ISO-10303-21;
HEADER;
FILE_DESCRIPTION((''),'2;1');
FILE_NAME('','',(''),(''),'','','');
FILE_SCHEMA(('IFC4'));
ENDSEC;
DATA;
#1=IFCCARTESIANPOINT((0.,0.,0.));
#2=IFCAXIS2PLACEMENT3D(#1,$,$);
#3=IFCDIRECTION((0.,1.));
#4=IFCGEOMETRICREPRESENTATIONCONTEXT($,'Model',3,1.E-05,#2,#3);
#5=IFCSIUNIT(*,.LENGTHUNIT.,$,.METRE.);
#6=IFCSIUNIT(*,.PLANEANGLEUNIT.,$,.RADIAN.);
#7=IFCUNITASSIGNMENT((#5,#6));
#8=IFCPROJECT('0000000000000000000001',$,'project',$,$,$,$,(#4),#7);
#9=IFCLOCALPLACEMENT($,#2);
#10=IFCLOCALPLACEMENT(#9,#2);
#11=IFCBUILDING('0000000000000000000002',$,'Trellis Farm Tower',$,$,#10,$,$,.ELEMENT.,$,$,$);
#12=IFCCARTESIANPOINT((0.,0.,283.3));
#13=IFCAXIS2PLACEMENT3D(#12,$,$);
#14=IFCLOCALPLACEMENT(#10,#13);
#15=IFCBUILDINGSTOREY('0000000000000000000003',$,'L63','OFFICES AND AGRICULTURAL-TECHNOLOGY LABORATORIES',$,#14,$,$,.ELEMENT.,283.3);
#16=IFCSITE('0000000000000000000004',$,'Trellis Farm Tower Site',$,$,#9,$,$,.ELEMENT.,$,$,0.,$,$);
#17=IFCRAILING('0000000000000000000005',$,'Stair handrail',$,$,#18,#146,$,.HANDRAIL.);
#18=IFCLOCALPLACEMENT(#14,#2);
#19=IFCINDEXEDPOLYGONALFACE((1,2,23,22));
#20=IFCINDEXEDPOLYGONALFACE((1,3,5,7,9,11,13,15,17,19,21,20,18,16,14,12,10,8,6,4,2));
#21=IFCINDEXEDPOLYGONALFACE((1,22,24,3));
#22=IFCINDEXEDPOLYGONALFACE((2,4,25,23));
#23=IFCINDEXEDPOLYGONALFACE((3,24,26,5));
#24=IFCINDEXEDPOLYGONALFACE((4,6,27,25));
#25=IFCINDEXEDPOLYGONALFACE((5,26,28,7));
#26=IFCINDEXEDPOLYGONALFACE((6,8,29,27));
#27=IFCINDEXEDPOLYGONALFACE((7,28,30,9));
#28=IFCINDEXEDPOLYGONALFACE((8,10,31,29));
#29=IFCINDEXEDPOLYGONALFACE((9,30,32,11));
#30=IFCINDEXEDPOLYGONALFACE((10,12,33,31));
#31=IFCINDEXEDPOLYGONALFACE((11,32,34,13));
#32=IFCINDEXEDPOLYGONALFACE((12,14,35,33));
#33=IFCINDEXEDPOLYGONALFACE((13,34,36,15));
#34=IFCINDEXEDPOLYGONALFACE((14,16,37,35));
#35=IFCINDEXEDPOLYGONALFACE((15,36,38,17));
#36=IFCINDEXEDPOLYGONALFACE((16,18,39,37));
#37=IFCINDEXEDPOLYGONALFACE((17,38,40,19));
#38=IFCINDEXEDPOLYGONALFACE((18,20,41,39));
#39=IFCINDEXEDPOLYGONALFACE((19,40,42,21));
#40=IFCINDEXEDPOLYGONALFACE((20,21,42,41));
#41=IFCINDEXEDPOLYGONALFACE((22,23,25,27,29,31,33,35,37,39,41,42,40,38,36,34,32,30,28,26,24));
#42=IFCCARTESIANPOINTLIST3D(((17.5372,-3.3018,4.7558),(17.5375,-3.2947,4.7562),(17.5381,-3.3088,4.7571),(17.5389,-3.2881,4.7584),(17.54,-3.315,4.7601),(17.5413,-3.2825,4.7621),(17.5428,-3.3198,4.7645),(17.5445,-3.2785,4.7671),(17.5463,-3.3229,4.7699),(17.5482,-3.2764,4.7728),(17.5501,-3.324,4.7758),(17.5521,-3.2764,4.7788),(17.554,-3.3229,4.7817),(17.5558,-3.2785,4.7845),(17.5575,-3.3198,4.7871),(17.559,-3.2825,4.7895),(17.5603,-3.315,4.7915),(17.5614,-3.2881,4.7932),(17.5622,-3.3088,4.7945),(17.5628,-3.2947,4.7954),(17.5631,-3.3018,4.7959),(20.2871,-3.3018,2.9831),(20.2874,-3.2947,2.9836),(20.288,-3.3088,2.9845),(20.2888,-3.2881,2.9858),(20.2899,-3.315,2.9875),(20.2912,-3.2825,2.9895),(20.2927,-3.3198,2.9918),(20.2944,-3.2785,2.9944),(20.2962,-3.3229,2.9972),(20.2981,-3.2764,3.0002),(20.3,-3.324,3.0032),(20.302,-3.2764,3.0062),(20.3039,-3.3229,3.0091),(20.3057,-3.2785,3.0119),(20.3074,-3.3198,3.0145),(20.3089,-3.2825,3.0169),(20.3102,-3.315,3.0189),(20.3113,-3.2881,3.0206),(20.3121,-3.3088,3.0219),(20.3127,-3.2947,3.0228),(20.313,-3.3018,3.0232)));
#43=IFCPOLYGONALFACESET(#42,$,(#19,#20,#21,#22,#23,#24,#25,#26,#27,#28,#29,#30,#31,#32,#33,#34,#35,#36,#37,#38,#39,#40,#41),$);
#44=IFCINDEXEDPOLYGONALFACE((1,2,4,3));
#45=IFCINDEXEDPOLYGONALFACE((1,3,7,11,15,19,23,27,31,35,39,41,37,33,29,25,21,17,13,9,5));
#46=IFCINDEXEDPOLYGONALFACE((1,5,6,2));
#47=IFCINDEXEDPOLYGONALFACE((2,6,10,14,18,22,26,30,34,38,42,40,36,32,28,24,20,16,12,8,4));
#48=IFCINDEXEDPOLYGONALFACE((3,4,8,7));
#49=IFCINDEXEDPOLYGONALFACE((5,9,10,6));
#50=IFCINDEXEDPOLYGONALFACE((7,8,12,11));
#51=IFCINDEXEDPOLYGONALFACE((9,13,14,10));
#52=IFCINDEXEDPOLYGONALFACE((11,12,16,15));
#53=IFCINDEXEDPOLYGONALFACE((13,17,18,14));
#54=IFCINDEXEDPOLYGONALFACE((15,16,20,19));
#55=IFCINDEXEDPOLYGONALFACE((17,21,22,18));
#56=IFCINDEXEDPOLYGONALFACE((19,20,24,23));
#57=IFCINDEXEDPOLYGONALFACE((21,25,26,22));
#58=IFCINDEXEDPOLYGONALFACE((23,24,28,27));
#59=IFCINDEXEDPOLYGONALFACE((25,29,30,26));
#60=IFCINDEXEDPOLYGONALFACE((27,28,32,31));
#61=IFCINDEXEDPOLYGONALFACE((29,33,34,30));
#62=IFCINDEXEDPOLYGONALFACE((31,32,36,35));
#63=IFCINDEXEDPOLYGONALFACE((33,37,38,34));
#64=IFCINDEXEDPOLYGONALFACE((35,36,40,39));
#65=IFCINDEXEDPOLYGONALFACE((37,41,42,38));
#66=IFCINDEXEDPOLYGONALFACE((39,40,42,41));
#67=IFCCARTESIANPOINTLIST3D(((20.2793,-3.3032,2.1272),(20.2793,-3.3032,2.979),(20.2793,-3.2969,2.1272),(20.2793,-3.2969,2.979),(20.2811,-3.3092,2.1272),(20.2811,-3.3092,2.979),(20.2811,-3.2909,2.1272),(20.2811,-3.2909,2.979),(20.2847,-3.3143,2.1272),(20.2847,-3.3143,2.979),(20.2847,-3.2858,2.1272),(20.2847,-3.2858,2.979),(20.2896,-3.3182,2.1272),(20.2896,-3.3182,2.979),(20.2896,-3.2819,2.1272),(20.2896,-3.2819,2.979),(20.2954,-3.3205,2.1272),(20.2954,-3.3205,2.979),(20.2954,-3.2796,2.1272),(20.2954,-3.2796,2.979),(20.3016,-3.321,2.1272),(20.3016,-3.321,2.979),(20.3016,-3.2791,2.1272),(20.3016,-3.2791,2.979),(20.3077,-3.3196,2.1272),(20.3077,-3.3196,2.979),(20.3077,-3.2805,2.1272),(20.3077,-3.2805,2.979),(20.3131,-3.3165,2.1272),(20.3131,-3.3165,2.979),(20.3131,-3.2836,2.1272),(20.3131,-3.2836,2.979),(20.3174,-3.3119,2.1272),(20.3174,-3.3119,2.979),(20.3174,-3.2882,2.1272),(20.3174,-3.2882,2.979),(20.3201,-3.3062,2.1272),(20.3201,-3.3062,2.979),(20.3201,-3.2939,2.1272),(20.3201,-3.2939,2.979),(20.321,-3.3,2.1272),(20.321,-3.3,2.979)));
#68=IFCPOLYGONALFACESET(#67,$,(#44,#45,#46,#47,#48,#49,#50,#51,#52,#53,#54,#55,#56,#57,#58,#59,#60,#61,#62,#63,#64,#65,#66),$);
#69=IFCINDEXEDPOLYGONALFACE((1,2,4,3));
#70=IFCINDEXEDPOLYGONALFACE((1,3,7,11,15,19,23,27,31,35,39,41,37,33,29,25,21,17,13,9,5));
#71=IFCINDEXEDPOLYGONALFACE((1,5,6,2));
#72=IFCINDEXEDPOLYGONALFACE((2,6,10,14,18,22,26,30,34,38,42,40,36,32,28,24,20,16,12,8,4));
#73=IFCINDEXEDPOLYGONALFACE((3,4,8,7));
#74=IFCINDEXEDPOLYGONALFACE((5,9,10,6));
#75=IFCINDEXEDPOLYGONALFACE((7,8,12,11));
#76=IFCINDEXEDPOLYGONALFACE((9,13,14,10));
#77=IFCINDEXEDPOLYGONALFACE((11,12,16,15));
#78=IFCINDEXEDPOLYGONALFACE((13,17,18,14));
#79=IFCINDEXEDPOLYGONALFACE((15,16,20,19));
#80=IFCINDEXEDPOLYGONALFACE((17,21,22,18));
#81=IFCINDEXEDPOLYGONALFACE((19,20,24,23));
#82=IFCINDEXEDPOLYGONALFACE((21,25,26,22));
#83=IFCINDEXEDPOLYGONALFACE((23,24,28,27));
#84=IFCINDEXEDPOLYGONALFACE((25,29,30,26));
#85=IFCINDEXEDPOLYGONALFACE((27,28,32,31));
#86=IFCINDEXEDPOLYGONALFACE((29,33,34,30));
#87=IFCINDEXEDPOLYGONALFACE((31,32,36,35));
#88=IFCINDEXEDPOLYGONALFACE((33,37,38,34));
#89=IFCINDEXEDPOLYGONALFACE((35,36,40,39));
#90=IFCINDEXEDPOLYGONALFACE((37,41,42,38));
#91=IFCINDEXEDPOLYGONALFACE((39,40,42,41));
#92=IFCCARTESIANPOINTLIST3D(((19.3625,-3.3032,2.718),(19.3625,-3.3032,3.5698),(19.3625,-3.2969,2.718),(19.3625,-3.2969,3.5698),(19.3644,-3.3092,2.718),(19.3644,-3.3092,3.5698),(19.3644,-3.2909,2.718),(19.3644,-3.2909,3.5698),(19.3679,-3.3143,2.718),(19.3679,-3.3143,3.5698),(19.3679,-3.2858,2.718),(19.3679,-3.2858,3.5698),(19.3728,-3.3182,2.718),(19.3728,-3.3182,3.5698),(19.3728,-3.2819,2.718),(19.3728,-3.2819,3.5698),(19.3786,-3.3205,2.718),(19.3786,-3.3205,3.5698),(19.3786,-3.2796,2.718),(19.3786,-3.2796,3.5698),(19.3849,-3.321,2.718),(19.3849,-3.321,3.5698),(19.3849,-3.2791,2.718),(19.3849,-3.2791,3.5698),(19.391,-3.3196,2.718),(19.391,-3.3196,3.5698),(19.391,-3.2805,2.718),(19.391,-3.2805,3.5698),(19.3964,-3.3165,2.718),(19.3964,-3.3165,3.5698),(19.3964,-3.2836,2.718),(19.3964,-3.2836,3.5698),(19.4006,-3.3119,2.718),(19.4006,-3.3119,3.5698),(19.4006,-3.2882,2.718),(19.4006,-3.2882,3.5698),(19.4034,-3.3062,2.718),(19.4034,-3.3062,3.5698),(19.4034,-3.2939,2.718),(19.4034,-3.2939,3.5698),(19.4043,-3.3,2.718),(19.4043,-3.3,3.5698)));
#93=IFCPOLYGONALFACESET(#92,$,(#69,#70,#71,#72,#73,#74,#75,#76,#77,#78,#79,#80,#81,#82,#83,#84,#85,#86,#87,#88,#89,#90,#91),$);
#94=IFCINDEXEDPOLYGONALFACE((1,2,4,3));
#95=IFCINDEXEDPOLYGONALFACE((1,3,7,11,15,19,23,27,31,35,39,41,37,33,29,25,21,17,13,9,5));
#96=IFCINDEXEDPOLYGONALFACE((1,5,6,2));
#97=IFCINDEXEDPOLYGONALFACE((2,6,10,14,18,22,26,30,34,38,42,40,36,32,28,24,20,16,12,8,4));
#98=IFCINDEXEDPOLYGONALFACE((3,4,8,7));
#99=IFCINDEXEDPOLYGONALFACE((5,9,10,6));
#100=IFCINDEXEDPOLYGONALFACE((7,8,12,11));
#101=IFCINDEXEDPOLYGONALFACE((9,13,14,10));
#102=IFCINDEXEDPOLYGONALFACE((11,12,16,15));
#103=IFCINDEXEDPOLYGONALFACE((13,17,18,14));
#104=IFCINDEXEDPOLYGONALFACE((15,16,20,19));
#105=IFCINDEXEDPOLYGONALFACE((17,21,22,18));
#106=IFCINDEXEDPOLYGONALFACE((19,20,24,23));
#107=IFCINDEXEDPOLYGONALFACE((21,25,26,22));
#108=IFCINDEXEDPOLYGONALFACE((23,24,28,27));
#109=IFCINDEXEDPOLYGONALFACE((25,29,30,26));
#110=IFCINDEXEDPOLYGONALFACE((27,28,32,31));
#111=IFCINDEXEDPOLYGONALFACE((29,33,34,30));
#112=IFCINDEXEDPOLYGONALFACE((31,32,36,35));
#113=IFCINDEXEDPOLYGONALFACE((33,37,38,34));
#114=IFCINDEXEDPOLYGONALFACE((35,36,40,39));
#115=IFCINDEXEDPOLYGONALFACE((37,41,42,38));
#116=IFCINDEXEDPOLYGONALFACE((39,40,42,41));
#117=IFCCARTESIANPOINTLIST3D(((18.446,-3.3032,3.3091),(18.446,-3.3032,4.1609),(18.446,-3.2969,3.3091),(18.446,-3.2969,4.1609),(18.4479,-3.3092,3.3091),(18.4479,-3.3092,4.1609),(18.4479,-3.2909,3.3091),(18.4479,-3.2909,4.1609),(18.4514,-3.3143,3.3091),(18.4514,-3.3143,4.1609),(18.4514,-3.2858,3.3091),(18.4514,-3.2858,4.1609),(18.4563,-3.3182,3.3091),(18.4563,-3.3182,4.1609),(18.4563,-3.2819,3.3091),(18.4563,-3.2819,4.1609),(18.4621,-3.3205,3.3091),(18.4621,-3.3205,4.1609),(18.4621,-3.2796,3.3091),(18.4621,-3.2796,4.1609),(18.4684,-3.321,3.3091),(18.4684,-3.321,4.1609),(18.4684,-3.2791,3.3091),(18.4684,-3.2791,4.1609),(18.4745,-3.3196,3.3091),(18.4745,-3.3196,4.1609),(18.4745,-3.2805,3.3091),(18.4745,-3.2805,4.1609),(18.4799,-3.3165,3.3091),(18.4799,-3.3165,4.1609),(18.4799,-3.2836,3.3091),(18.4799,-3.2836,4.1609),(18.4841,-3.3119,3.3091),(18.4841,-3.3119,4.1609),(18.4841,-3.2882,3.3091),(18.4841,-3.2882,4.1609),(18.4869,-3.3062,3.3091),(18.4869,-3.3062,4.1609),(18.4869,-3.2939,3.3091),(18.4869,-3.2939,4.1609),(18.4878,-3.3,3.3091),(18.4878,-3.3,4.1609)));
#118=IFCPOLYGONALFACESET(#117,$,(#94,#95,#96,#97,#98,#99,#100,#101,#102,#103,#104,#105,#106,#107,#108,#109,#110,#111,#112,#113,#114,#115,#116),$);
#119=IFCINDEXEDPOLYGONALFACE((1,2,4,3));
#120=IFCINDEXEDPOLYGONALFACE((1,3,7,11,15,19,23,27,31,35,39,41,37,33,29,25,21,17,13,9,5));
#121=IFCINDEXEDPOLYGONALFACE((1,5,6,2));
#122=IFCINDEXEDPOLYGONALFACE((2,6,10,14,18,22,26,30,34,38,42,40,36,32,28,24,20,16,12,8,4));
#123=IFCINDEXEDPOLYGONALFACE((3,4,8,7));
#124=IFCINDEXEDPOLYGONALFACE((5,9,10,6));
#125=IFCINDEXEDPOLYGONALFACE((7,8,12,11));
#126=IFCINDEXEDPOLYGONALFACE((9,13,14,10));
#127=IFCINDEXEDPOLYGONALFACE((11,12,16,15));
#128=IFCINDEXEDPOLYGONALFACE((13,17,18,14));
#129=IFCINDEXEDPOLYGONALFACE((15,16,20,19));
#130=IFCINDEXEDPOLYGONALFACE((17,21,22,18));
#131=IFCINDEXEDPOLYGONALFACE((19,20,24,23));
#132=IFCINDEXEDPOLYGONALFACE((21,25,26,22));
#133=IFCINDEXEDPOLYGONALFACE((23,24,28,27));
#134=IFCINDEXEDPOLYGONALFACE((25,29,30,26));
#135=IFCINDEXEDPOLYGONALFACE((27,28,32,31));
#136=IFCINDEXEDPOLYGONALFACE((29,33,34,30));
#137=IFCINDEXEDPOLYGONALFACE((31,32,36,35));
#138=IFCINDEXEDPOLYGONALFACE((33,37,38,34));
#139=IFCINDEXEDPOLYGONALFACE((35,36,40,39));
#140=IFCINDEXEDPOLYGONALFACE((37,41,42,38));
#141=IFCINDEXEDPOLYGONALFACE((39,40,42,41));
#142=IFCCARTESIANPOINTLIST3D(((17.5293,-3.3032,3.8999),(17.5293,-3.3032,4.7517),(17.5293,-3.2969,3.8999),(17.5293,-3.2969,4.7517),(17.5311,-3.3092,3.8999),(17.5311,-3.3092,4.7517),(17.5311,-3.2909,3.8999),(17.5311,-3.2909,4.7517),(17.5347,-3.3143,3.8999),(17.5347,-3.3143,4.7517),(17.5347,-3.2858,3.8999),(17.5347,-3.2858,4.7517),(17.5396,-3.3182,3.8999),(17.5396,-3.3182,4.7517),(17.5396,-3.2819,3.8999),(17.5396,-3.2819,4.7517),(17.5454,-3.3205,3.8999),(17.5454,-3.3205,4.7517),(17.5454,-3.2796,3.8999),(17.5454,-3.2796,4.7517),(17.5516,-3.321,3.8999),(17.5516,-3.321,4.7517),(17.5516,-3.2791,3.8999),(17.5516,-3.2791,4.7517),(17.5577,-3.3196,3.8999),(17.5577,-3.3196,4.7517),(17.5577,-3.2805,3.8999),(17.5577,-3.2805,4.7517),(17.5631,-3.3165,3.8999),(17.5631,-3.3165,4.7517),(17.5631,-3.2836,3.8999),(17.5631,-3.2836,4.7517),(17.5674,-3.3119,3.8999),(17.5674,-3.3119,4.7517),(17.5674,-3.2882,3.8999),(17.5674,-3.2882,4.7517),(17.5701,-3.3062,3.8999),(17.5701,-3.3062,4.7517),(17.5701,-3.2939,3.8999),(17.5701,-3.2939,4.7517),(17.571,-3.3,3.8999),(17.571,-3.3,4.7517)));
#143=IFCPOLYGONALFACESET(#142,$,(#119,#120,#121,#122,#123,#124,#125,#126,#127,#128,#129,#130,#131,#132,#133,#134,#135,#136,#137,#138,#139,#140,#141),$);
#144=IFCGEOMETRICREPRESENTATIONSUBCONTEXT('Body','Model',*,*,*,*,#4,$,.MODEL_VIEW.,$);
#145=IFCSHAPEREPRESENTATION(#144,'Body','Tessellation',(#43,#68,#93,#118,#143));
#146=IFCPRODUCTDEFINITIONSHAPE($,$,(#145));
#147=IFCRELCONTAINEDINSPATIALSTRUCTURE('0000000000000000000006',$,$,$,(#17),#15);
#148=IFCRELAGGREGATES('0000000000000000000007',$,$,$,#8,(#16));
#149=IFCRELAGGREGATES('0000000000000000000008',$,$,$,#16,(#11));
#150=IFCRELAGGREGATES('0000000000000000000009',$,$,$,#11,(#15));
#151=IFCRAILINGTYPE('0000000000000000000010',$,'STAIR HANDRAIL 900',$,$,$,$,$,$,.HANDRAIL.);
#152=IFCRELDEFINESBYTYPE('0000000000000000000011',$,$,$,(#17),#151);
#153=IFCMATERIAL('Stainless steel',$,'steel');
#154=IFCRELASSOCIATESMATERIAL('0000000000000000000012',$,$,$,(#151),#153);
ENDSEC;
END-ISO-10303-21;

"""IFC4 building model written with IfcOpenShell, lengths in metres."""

from ifc_helpers import new_model, si_unit, direction, frame, origin, origin_2d, place, context, subcontext, project, spatial, circle, extrude, source, transform, mapped, material, type_object, element, save


model = new_model("IFC4")

# Units and contexts
model_context = context("Model", 3, precision=1e-05, world=origin(), true_north=direction((0.0, 1.0)))
body_context = subcontext(model_context, "Body", "Model", "MODEL_VIEW")
ifc_project = project(units=[si_unit("LENGTHUNIT", "METRE"), si_unit("PLANEANGLEUNIT", "RADIAN")], contexts=[model_context])

# Site, building, storey
site_placement = place(None, origin())
site = spatial("IfcSite", under=ifc_project, at=site_placement, Name="Trellis Farm Tower Site", CompositionType="ELEMENT", RefElevation=0.0)
building_placement = place(site_placement, origin())
building = spatial("IfcBuilding", under=site, at=building_placement, Name="Trellis Farm Tower", CompositionType="ELEMENT")
storey_placement = place(building_placement, frame((0.0, 0.0, 283.3)))
storey = spatial("IfcBuildingStorey", under=building, at=storey_placement, Name="L63", Description="OFFICES AND AGRICULTURAL-TECHNOLOGY LABORATORIES", CompositionType="ELEMENT", Elevation=283.3)

# Railing
ifc_material_1 = material(Name="Stainless steel", Category="steel")
railing_type = type_object("IfcRailingType", Name="STAIR HANDRAIL 900", PredefinedType="HANDRAIL", material=ifc_material_1)
shared_shape_1 = source(origin(), body_context, "Body", "SweptSolid", [
    extrude(circle(Radius=0.0239, at=origin_2d()), frame((0.0, 0.0, 0.876), z_axis=(-0.840504, 0.0, 0.541806), x_axis=(0.0, -1.0, 0.0)), (0.0, 0.0, 1.0), 3.2717),
    extrude(circle(Radius=0.021, at=origin_2d()), origin(), (0.0, 0.0, 1.0), 0.8518),
    extrude(circle(Radius=0.021, at=origin_2d()), frame((-0.9167, 0.0, 0.5908)), (0.0, 0.0, 1.0), 0.8518),
    extrude(circle(Radius=0.021, at=origin_2d()), frame((-1.8333, 0.0, 1.1819)), (0.0, 0.0, 1.0), 0.8518),
    extrude(circle(Radius=0.021, at=origin_2d()), frame((-2.75, 0.0, 1.7727)), (0.0, 0.0, 1.0), 0.8518),
])
for number, where, name in (
    (1, (20.3, -3.3, 2.1272), "Stair handrail"),
):
    element("IfcRailing", number, at=place(storey_placement, frame(where)), inside=storey, type_object=railing_type, Name=name, PredefinedType="HANDRAIL", context=body_context, shape_type="MappedRepresentation", body=[
        mapped(shared_shape_1, transform((0.0, 0.0, 0.0))),
    ])

save(model, "model.ifc")
